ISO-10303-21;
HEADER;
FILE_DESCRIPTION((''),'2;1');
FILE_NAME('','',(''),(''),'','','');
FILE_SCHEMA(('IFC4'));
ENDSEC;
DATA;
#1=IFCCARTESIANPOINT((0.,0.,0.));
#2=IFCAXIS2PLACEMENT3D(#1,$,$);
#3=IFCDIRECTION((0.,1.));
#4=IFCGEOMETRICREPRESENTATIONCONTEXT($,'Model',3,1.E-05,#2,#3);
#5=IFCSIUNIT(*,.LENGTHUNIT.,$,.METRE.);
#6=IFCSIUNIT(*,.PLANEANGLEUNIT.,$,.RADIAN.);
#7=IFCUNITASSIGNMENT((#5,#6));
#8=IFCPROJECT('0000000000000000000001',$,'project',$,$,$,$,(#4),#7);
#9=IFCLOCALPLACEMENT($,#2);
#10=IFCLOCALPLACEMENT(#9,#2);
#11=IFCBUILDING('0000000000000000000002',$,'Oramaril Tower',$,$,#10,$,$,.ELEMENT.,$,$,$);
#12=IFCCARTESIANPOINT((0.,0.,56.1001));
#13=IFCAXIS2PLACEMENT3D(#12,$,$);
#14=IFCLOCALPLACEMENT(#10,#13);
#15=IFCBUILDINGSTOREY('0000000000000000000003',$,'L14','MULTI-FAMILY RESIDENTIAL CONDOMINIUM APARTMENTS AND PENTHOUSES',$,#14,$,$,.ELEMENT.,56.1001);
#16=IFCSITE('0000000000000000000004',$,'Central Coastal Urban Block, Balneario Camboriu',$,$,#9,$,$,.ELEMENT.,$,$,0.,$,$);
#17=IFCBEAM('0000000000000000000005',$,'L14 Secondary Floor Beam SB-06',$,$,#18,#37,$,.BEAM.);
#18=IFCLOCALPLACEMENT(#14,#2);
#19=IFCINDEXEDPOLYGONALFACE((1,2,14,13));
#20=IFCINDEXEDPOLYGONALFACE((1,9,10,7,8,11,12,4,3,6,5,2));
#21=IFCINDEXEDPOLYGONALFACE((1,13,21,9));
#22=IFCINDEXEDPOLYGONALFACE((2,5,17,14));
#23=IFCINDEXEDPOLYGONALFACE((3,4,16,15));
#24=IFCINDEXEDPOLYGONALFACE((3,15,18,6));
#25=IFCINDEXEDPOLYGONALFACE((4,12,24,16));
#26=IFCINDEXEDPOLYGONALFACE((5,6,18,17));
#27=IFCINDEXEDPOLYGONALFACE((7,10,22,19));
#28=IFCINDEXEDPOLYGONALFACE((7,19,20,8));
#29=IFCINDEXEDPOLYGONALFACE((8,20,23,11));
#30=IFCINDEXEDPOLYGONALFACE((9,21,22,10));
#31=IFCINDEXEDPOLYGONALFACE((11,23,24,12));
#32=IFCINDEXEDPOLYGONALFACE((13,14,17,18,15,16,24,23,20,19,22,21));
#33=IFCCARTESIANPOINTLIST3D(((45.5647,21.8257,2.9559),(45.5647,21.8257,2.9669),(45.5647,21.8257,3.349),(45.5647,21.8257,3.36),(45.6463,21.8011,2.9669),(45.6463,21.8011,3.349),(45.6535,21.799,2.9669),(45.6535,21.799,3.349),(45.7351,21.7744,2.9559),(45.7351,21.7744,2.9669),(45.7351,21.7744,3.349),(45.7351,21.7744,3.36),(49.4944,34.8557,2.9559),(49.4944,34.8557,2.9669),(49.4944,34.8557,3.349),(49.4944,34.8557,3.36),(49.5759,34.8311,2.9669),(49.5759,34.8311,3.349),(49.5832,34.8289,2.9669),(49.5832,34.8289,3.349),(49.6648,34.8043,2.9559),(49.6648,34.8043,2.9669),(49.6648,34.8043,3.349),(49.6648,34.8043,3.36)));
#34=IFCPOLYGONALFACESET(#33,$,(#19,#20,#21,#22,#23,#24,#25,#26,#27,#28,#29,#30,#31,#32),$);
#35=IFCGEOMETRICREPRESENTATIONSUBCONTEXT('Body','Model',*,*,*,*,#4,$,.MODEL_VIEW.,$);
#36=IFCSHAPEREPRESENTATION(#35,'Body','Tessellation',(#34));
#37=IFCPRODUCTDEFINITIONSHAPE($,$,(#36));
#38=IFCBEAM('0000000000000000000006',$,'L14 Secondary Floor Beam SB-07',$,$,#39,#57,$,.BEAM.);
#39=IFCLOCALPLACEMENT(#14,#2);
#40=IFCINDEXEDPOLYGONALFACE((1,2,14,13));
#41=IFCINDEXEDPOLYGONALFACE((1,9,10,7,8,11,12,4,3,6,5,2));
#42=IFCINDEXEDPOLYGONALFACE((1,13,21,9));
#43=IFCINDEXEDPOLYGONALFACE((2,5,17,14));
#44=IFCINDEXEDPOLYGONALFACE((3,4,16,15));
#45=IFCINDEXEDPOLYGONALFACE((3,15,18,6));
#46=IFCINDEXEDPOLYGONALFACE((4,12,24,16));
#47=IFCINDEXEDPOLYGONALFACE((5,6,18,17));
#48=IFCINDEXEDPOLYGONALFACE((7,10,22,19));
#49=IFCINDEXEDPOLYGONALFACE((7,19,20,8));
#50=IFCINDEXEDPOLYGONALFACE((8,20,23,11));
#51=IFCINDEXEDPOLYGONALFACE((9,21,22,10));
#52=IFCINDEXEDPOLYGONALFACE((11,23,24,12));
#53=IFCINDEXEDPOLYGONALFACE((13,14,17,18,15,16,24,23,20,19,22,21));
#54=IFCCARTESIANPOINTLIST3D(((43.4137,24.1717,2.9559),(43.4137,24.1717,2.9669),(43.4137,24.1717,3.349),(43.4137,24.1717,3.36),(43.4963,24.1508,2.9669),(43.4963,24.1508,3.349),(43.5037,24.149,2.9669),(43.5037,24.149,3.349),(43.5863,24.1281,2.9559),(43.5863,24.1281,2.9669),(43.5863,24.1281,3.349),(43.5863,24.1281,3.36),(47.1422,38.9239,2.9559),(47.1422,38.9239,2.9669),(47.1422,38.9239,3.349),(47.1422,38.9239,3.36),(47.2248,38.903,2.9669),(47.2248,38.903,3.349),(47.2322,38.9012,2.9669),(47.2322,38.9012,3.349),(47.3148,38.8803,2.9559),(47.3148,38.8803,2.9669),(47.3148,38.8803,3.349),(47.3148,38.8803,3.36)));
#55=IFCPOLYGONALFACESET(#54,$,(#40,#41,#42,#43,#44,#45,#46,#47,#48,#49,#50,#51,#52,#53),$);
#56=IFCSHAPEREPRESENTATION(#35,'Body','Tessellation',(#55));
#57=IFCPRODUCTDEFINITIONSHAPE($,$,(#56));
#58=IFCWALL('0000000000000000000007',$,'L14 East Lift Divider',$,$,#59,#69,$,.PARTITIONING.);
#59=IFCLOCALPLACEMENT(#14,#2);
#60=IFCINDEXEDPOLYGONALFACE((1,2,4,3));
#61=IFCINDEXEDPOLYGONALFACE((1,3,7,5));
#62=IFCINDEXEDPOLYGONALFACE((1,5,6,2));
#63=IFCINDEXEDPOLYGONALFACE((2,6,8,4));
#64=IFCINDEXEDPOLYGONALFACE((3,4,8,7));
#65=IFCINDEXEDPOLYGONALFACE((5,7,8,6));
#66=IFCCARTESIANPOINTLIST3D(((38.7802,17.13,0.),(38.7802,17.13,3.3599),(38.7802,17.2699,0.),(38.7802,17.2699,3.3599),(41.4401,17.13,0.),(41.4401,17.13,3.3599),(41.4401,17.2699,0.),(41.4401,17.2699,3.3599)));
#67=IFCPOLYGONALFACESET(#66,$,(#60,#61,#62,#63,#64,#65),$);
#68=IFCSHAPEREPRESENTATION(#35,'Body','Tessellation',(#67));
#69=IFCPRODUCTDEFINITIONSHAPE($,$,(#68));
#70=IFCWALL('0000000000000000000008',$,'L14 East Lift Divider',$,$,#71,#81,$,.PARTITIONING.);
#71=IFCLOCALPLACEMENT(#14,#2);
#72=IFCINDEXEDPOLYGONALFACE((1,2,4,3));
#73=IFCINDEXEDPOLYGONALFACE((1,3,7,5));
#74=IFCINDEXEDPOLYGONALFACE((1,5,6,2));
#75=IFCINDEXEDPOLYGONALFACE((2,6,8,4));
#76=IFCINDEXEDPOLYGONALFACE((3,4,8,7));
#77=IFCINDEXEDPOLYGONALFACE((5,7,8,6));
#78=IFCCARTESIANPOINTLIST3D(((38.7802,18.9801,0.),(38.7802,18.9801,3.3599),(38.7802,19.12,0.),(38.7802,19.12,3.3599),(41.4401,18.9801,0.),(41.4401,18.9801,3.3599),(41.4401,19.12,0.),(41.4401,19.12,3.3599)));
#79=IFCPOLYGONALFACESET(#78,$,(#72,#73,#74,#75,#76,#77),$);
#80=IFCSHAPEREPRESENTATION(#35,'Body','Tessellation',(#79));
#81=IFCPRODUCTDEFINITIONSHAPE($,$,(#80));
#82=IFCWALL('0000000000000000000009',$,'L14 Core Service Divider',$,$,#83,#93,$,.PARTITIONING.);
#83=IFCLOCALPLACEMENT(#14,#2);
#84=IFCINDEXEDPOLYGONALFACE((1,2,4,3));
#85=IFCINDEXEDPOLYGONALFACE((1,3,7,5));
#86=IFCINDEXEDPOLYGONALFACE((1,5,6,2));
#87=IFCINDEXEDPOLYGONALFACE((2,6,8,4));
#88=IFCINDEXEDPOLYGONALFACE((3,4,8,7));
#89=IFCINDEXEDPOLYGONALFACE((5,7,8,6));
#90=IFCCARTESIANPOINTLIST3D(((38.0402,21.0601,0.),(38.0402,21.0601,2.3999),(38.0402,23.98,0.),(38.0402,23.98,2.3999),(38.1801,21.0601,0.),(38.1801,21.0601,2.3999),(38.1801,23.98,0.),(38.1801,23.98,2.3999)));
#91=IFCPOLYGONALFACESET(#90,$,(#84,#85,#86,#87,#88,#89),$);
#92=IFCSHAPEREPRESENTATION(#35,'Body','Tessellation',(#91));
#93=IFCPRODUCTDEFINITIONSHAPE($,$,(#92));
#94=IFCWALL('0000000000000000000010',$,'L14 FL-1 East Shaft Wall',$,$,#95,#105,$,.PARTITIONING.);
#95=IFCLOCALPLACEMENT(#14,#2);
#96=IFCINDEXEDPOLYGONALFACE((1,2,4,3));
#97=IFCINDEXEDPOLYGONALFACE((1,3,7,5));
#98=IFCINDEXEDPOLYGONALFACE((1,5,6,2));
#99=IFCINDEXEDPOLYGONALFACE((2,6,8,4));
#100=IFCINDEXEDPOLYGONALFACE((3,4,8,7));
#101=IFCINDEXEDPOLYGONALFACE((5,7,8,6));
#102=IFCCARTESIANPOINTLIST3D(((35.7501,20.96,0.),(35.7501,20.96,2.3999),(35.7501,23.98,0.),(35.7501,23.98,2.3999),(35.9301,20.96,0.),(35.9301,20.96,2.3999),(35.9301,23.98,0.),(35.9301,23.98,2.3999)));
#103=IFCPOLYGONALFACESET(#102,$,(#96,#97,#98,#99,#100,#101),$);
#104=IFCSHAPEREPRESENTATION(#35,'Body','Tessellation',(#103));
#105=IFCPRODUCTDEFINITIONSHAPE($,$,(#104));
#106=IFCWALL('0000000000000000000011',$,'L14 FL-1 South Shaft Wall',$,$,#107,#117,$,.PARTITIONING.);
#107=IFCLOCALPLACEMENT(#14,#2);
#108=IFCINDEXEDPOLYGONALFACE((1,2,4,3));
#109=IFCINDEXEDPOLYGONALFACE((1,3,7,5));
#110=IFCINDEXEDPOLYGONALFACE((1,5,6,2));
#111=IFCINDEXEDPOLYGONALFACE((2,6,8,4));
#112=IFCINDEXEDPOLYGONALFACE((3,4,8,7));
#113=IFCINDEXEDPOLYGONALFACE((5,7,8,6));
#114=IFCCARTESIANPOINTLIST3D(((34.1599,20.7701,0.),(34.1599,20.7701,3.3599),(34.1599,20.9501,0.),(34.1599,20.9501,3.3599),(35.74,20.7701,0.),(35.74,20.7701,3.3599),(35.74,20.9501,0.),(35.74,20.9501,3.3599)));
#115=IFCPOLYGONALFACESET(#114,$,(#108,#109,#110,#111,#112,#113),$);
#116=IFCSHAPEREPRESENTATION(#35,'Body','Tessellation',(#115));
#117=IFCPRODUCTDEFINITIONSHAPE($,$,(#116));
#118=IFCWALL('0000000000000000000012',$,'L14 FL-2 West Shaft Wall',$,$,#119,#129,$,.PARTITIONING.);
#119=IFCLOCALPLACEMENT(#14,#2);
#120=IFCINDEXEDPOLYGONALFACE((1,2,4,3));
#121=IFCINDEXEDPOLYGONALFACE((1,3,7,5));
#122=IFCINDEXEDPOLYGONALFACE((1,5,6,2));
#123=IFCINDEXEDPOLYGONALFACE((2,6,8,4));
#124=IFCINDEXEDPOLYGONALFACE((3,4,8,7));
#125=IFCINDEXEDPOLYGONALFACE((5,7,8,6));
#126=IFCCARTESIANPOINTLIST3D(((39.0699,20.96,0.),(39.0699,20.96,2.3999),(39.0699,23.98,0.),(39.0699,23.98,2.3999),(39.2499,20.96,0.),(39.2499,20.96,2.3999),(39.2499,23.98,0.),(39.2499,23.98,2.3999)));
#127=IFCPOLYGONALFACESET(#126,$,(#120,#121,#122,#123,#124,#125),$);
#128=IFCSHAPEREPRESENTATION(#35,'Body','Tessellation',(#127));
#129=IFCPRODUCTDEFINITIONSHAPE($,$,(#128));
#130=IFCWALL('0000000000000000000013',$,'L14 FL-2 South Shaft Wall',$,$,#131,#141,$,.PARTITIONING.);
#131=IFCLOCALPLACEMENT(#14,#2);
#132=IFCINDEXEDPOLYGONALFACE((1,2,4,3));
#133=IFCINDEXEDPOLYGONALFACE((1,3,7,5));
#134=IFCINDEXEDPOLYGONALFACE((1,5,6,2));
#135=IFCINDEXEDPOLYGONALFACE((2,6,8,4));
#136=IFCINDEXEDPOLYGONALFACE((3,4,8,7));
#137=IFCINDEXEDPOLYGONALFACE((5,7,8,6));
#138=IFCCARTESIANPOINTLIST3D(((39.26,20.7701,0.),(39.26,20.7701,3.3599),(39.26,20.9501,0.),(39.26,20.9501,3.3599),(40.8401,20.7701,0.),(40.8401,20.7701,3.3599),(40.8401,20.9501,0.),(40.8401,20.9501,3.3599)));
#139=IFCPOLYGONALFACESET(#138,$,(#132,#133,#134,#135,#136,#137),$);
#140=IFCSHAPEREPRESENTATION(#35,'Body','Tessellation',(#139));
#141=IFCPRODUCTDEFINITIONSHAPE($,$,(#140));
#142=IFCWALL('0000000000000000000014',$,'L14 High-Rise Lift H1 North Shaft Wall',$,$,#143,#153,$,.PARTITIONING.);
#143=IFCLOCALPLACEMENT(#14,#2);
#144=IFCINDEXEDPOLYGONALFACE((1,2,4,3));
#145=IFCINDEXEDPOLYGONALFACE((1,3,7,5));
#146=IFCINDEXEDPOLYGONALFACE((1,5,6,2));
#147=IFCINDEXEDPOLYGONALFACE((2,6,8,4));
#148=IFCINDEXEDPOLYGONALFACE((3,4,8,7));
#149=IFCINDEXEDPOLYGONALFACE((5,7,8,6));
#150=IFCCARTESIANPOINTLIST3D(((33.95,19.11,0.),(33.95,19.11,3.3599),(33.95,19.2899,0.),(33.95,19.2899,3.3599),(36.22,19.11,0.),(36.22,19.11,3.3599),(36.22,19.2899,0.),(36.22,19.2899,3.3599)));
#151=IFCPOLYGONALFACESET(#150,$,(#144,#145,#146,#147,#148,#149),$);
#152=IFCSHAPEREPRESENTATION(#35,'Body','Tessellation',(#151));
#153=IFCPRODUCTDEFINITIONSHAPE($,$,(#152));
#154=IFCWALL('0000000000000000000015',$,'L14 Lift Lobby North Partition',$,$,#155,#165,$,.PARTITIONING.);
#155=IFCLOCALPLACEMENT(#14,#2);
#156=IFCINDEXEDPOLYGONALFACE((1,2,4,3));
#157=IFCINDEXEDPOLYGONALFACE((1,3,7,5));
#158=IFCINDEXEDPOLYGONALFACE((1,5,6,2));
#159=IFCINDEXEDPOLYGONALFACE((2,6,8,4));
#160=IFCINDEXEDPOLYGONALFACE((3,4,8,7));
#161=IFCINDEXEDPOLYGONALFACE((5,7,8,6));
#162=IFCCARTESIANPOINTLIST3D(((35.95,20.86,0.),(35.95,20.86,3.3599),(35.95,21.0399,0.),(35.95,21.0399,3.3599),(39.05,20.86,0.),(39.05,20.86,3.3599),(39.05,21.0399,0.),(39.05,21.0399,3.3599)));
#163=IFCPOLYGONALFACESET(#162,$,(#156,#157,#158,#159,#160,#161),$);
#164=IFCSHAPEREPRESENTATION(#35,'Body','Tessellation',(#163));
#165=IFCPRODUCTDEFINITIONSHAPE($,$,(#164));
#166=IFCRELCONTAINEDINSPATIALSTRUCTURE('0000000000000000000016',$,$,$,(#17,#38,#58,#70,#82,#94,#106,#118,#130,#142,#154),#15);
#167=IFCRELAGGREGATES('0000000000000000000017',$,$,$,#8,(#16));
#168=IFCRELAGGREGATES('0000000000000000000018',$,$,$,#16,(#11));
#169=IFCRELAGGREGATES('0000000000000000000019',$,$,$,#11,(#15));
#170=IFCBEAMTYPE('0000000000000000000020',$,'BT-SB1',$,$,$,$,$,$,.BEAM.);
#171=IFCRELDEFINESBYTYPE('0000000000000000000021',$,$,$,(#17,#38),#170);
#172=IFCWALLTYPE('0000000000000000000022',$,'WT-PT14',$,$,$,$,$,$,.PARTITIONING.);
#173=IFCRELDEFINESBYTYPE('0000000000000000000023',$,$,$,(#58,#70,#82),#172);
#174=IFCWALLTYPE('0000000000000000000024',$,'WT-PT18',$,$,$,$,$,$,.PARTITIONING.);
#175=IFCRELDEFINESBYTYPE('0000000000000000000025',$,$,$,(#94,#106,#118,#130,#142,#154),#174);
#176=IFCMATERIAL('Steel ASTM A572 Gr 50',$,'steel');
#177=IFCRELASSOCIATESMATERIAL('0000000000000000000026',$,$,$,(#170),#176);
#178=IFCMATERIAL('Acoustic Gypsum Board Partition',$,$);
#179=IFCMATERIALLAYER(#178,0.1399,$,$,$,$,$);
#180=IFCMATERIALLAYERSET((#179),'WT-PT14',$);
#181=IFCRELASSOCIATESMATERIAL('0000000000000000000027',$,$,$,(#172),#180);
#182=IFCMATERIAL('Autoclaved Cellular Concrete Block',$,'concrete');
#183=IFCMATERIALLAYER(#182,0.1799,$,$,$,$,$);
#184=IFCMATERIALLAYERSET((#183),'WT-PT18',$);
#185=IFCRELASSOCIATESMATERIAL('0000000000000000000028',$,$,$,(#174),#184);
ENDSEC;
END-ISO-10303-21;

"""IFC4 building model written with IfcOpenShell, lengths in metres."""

from ifc_helpers import new_model, si_unit, direction, frame, frame_2d, origin, origin_2d, place, context, subcontext, project, spatial, rectangle, i_section, extrude, material, layer, layer_set, material_profile, profile_set, type_object, element, save


model = new_model("IFC4")

# Units and contexts
model_context = context("Model", 3, precision=1e-05, world=origin(), true_north=direction((0.0, 1.0)))
body_context = subcontext(model_context, "Body", "Model", "MODEL_VIEW")
ifc_project = project(units=[si_unit("LENGTHUNIT", "METRE"), si_unit("PLANEANGLEUNIT", "RADIAN")], contexts=[model_context])

# Site, building, storey
site_placement = place(None, origin())
site = spatial("IfcSite", under=ifc_project, at=site_placement, Name="Central Coastal Urban Block, Balneario Camboriu", CompositionType="ELEMENT", RefElevation=0.0)
building_placement = place(site_placement, origin())
building = spatial("IfcBuilding", under=site, at=building_placement, Name="Oramaril Tower", CompositionType="ELEMENT")
storey_placement = place(building_placement, frame((0.0, 0.0, 56.1001)))
storey = spatial("IfcBuildingStorey", under=building, at=storey_placement, Name="L14", Description="MULTI-FAMILY RESIDENTIAL CONDOMINIUM APARTMENTS AND PENTHOUSES", CompositionType="ELEMENT", Elevation=56.1001)

# Beams
ifc_material_1 = material(Name="Steel ASTM A572 Gr 50", Category="steel")
ifc_material_profile = material_profile(ifc_material_1, i_section(OverallWidth=0.178, OverallDepth=0.4041, WebThickness=0.0076, FlangeThickness=0.011, at=origin_2d()), Name="W16X36")
ifc_profile_set = profile_set([ifc_material_profile], Name="Steel ASTM A572 Gr 50")
beam_type = type_object("IfcBeamType", Name="BT-SB1", PredefinedType="BEAM", material=ifc_profile_set)
beam_1_placement = place(storey_placement, frame((45.6499, 21.8, 3.158), z_axis=(0.288742, 0.957407, 0.0), x_axis=(-0.957407, 0.288742, 0.0)))
element("IfcBeam", 1, at=beam_1_placement, inside=storey, type_object=beam_type, Name="L14 Secondary Floor Beam SB-06", PredefinedType="BEAM", context=body_context, shape_type="SweptSolid", body=[
    extrude(i_section(OverallWidth=0.178, OverallDepth=0.4041, WebThickness=0.0076, FlangeThickness=0.011, at=origin_2d()), origin(), (0.0, 0.0, 1.0), 13.6096),
])
beam_2_placement = place(storey_placement, frame((43.5, 24.1499, 3.158), z_axis=(0.245038, 0.969514, 0.0), x_axis=(-0.969514, 0.245038, 0.0)))
element("IfcBeam", 2, at=beam_2_placement, inside=storey, type_object=beam_type, Name="L14 Secondary Floor Beam SB-07", PredefinedType="BEAM", context=body_context, shape_type="SweptSolid", body=[
    extrude(i_section(OverallWidth=0.178, OverallDepth=0.4041, WebThickness=0.0076, FlangeThickness=0.011, at=origin_2d()), origin(), (0.0, 0.0, 1.0), 15.2161),
])

# Walls
ifc_material_2 = material(Name="Acoustic Gypsum Board Partition")
ifc_layer_1 = layer(ifc_material_2, 0.1399)
ifc_layer_set_1 = layer_set([ifc_layer_1], Name="WT-PT14")
wall_type_1 = type_object("IfcWallType", Name="WT-PT14", PredefinedType="PARTITIONING", material=ifc_layer_set_1)
for number, where, z_axis, x_axis, name in (
    (3, (38.78, 17.2, 0.0), (0.0, 0.0, 1.0), (1.0, 0.0, 0.0), "L14 East Lift Divider"),
    (4, (38.78, 19.05, 0.0), (0.0, 0.0, 1.0), (1.0, 0.0, 0.0), "L14 East Lift Divider"),
):
    element("IfcWall", number, at=place(storey_placement, frame(where, z_axis=z_axis, x_axis=x_axis)), inside=storey, type_object=wall_type_1, Name=name, PredefinedType="PARTITIONING", context=body_context, shape_type="SweptSolid", body=[
        extrude(rectangle(XDim=2.6599, YDim=0.1399, at=frame_2d((1.3301, 0.0))), origin(), (0.0, 0.0, 1.0), 3.3599),
    ])
wall_1_placement = place(storey_placement, frame((38.1101, 21.0601, 0.0), z_axis=(0.0, 0.0, 1.0), x_axis=(0.0, 1.0, 0.0)))
element("IfcWall", 5, at=wall_1_placement, inside=storey, type_object=wall_type_1, Name="L14 Core Service Divider", PredefinedType="PARTITIONING", context=body_context, shape_type="SweptSolid", body=[
    extrude(rectangle(XDim=2.9199, YDim=0.1399, at=frame_2d((1.46, 0.0))), origin(), (0.0, 0.0, 1.0), 2.3999),
])
ifc_material_3 = material(Name="Autoclaved Cellular Concrete Block", Category="concrete")
ifc_layer_2 = layer(ifc_material_3, 0.1799)
ifc_layer_set_2 = layer_set([ifc_layer_2], Name="WT-PT18")
wall_type_2 = type_object("IfcWallType", Name="WT-PT18", PredefinedType="PARTITIONING", material=ifc_layer_set_2)
wall_2_placement = place(storey_placement, frame((35.8401, 20.96, 0.0), z_axis=(0.0, 0.0, 1.0), x_axis=(0.0, 1.0, 0.0)))
element("IfcWall", 6, at=wall_2_placement, inside=storey, type_object=wall_type_2, Name="L14 FL-1 East Shaft Wall", PredefinedType="PARTITIONING", context=body_context, shape_type="SweptSolid", body=[
    extrude(rectangle(XDim=3.02, YDim=0.1799, at=frame_2d((1.51, 0.0))), origin(), (0.0, 0.0, 1.0), 2.3999),
])
wall_3_placement = place(storey_placement, frame((34.1599, 20.8601, 0.0), z_axis=(0.0, 0.0, 1.0), x_axis=(1.0, 0.0, 0.0)))
element("IfcWall", 7, at=wall_3_placement, inside=storey, type_object=wall_type_2, Name="L14 FL-1 South Shaft Wall", PredefinedType="PARTITIONING", context=body_context, shape_type="SweptSolid", body=[
    extrude(rectangle(XDim=1.5801, YDim=0.1799, at=frame_2d((0.79, 0.0))), origin(), (0.0, 0.0, 1.0), 3.3599),
])
wall_4_placement = place(storey_placement, frame((39.1599, 20.96, 0.0), z_axis=(0.0, 0.0, 1.0), x_axis=(0.0, 1.0, 0.0)))
element("IfcWall", 8, at=wall_4_placement, inside=storey, type_object=wall_type_2, Name="L14 FL-2 West Shaft Wall", PredefinedType="PARTITIONING", context=body_context, shape_type="SweptSolid", body=[
    extrude(rectangle(XDim=3.02, YDim=0.1799, at=frame_2d((1.51, 0.0))), origin(), (0.0, 0.0, 1.0), 2.3999),
])
wall_5_placement = place(storey_placement, frame((39.26, 20.8601, 0.0), z_axis=(0.0, 0.0, 1.0), x_axis=(1.0, 0.0, 0.0)))
element("IfcWall", 9, at=wall_5_placement, inside=storey, type_object=wall_type_2, Name="L14 FL-2 South Shaft Wall", PredefinedType="PARTITIONING", context=body_context, shape_type="SweptSolid", body=[
    extrude(rectangle(XDim=1.5801, YDim=0.1799, at=frame_2d((0.79, 0.0))), origin(), (0.0, 0.0, 1.0), 3.3599),
])
wall_6_placement = place(storey_placement, frame((33.95, 19.2, 0.0), z_axis=(0.0, 0.0, 1.0), x_axis=(1.0, 0.0, 0.0)))
element("IfcWall", 10, at=wall_6_placement, inside=storey, type_object=wall_type_2, Name="L14 High-Rise Lift H1 North Shaft Wall", PredefinedType="PARTITIONING", context=body_context, shape_type="SweptSolid", body=[
    extrude(rectangle(XDim=2.27, YDim=0.1799, at=frame_2d((1.135, 0.0))), origin(), (0.0, 0.0, 1.0), 3.3599),
])
wall_7_placement = place(storey_placement, frame((35.95, 20.95, 0.0), z_axis=(0.0, 0.0, 1.0), x_axis=(1.0, 0.0, 0.0)))
element("IfcWall", 11, at=wall_7_placement, inside=storey, type_object=wall_type_2, Name="L14 Lift Lobby North Partition", PredefinedType="PARTITIONING", context=body_context, shape_type="SweptSolid", body=[
    extrude(rectangle(XDim=3.1001, YDim=0.1799, at=frame_2d((1.55, 0.0))), origin(), (0.0, 0.0, 1.0), 3.3599),
])

save(model, "model.ifc")
